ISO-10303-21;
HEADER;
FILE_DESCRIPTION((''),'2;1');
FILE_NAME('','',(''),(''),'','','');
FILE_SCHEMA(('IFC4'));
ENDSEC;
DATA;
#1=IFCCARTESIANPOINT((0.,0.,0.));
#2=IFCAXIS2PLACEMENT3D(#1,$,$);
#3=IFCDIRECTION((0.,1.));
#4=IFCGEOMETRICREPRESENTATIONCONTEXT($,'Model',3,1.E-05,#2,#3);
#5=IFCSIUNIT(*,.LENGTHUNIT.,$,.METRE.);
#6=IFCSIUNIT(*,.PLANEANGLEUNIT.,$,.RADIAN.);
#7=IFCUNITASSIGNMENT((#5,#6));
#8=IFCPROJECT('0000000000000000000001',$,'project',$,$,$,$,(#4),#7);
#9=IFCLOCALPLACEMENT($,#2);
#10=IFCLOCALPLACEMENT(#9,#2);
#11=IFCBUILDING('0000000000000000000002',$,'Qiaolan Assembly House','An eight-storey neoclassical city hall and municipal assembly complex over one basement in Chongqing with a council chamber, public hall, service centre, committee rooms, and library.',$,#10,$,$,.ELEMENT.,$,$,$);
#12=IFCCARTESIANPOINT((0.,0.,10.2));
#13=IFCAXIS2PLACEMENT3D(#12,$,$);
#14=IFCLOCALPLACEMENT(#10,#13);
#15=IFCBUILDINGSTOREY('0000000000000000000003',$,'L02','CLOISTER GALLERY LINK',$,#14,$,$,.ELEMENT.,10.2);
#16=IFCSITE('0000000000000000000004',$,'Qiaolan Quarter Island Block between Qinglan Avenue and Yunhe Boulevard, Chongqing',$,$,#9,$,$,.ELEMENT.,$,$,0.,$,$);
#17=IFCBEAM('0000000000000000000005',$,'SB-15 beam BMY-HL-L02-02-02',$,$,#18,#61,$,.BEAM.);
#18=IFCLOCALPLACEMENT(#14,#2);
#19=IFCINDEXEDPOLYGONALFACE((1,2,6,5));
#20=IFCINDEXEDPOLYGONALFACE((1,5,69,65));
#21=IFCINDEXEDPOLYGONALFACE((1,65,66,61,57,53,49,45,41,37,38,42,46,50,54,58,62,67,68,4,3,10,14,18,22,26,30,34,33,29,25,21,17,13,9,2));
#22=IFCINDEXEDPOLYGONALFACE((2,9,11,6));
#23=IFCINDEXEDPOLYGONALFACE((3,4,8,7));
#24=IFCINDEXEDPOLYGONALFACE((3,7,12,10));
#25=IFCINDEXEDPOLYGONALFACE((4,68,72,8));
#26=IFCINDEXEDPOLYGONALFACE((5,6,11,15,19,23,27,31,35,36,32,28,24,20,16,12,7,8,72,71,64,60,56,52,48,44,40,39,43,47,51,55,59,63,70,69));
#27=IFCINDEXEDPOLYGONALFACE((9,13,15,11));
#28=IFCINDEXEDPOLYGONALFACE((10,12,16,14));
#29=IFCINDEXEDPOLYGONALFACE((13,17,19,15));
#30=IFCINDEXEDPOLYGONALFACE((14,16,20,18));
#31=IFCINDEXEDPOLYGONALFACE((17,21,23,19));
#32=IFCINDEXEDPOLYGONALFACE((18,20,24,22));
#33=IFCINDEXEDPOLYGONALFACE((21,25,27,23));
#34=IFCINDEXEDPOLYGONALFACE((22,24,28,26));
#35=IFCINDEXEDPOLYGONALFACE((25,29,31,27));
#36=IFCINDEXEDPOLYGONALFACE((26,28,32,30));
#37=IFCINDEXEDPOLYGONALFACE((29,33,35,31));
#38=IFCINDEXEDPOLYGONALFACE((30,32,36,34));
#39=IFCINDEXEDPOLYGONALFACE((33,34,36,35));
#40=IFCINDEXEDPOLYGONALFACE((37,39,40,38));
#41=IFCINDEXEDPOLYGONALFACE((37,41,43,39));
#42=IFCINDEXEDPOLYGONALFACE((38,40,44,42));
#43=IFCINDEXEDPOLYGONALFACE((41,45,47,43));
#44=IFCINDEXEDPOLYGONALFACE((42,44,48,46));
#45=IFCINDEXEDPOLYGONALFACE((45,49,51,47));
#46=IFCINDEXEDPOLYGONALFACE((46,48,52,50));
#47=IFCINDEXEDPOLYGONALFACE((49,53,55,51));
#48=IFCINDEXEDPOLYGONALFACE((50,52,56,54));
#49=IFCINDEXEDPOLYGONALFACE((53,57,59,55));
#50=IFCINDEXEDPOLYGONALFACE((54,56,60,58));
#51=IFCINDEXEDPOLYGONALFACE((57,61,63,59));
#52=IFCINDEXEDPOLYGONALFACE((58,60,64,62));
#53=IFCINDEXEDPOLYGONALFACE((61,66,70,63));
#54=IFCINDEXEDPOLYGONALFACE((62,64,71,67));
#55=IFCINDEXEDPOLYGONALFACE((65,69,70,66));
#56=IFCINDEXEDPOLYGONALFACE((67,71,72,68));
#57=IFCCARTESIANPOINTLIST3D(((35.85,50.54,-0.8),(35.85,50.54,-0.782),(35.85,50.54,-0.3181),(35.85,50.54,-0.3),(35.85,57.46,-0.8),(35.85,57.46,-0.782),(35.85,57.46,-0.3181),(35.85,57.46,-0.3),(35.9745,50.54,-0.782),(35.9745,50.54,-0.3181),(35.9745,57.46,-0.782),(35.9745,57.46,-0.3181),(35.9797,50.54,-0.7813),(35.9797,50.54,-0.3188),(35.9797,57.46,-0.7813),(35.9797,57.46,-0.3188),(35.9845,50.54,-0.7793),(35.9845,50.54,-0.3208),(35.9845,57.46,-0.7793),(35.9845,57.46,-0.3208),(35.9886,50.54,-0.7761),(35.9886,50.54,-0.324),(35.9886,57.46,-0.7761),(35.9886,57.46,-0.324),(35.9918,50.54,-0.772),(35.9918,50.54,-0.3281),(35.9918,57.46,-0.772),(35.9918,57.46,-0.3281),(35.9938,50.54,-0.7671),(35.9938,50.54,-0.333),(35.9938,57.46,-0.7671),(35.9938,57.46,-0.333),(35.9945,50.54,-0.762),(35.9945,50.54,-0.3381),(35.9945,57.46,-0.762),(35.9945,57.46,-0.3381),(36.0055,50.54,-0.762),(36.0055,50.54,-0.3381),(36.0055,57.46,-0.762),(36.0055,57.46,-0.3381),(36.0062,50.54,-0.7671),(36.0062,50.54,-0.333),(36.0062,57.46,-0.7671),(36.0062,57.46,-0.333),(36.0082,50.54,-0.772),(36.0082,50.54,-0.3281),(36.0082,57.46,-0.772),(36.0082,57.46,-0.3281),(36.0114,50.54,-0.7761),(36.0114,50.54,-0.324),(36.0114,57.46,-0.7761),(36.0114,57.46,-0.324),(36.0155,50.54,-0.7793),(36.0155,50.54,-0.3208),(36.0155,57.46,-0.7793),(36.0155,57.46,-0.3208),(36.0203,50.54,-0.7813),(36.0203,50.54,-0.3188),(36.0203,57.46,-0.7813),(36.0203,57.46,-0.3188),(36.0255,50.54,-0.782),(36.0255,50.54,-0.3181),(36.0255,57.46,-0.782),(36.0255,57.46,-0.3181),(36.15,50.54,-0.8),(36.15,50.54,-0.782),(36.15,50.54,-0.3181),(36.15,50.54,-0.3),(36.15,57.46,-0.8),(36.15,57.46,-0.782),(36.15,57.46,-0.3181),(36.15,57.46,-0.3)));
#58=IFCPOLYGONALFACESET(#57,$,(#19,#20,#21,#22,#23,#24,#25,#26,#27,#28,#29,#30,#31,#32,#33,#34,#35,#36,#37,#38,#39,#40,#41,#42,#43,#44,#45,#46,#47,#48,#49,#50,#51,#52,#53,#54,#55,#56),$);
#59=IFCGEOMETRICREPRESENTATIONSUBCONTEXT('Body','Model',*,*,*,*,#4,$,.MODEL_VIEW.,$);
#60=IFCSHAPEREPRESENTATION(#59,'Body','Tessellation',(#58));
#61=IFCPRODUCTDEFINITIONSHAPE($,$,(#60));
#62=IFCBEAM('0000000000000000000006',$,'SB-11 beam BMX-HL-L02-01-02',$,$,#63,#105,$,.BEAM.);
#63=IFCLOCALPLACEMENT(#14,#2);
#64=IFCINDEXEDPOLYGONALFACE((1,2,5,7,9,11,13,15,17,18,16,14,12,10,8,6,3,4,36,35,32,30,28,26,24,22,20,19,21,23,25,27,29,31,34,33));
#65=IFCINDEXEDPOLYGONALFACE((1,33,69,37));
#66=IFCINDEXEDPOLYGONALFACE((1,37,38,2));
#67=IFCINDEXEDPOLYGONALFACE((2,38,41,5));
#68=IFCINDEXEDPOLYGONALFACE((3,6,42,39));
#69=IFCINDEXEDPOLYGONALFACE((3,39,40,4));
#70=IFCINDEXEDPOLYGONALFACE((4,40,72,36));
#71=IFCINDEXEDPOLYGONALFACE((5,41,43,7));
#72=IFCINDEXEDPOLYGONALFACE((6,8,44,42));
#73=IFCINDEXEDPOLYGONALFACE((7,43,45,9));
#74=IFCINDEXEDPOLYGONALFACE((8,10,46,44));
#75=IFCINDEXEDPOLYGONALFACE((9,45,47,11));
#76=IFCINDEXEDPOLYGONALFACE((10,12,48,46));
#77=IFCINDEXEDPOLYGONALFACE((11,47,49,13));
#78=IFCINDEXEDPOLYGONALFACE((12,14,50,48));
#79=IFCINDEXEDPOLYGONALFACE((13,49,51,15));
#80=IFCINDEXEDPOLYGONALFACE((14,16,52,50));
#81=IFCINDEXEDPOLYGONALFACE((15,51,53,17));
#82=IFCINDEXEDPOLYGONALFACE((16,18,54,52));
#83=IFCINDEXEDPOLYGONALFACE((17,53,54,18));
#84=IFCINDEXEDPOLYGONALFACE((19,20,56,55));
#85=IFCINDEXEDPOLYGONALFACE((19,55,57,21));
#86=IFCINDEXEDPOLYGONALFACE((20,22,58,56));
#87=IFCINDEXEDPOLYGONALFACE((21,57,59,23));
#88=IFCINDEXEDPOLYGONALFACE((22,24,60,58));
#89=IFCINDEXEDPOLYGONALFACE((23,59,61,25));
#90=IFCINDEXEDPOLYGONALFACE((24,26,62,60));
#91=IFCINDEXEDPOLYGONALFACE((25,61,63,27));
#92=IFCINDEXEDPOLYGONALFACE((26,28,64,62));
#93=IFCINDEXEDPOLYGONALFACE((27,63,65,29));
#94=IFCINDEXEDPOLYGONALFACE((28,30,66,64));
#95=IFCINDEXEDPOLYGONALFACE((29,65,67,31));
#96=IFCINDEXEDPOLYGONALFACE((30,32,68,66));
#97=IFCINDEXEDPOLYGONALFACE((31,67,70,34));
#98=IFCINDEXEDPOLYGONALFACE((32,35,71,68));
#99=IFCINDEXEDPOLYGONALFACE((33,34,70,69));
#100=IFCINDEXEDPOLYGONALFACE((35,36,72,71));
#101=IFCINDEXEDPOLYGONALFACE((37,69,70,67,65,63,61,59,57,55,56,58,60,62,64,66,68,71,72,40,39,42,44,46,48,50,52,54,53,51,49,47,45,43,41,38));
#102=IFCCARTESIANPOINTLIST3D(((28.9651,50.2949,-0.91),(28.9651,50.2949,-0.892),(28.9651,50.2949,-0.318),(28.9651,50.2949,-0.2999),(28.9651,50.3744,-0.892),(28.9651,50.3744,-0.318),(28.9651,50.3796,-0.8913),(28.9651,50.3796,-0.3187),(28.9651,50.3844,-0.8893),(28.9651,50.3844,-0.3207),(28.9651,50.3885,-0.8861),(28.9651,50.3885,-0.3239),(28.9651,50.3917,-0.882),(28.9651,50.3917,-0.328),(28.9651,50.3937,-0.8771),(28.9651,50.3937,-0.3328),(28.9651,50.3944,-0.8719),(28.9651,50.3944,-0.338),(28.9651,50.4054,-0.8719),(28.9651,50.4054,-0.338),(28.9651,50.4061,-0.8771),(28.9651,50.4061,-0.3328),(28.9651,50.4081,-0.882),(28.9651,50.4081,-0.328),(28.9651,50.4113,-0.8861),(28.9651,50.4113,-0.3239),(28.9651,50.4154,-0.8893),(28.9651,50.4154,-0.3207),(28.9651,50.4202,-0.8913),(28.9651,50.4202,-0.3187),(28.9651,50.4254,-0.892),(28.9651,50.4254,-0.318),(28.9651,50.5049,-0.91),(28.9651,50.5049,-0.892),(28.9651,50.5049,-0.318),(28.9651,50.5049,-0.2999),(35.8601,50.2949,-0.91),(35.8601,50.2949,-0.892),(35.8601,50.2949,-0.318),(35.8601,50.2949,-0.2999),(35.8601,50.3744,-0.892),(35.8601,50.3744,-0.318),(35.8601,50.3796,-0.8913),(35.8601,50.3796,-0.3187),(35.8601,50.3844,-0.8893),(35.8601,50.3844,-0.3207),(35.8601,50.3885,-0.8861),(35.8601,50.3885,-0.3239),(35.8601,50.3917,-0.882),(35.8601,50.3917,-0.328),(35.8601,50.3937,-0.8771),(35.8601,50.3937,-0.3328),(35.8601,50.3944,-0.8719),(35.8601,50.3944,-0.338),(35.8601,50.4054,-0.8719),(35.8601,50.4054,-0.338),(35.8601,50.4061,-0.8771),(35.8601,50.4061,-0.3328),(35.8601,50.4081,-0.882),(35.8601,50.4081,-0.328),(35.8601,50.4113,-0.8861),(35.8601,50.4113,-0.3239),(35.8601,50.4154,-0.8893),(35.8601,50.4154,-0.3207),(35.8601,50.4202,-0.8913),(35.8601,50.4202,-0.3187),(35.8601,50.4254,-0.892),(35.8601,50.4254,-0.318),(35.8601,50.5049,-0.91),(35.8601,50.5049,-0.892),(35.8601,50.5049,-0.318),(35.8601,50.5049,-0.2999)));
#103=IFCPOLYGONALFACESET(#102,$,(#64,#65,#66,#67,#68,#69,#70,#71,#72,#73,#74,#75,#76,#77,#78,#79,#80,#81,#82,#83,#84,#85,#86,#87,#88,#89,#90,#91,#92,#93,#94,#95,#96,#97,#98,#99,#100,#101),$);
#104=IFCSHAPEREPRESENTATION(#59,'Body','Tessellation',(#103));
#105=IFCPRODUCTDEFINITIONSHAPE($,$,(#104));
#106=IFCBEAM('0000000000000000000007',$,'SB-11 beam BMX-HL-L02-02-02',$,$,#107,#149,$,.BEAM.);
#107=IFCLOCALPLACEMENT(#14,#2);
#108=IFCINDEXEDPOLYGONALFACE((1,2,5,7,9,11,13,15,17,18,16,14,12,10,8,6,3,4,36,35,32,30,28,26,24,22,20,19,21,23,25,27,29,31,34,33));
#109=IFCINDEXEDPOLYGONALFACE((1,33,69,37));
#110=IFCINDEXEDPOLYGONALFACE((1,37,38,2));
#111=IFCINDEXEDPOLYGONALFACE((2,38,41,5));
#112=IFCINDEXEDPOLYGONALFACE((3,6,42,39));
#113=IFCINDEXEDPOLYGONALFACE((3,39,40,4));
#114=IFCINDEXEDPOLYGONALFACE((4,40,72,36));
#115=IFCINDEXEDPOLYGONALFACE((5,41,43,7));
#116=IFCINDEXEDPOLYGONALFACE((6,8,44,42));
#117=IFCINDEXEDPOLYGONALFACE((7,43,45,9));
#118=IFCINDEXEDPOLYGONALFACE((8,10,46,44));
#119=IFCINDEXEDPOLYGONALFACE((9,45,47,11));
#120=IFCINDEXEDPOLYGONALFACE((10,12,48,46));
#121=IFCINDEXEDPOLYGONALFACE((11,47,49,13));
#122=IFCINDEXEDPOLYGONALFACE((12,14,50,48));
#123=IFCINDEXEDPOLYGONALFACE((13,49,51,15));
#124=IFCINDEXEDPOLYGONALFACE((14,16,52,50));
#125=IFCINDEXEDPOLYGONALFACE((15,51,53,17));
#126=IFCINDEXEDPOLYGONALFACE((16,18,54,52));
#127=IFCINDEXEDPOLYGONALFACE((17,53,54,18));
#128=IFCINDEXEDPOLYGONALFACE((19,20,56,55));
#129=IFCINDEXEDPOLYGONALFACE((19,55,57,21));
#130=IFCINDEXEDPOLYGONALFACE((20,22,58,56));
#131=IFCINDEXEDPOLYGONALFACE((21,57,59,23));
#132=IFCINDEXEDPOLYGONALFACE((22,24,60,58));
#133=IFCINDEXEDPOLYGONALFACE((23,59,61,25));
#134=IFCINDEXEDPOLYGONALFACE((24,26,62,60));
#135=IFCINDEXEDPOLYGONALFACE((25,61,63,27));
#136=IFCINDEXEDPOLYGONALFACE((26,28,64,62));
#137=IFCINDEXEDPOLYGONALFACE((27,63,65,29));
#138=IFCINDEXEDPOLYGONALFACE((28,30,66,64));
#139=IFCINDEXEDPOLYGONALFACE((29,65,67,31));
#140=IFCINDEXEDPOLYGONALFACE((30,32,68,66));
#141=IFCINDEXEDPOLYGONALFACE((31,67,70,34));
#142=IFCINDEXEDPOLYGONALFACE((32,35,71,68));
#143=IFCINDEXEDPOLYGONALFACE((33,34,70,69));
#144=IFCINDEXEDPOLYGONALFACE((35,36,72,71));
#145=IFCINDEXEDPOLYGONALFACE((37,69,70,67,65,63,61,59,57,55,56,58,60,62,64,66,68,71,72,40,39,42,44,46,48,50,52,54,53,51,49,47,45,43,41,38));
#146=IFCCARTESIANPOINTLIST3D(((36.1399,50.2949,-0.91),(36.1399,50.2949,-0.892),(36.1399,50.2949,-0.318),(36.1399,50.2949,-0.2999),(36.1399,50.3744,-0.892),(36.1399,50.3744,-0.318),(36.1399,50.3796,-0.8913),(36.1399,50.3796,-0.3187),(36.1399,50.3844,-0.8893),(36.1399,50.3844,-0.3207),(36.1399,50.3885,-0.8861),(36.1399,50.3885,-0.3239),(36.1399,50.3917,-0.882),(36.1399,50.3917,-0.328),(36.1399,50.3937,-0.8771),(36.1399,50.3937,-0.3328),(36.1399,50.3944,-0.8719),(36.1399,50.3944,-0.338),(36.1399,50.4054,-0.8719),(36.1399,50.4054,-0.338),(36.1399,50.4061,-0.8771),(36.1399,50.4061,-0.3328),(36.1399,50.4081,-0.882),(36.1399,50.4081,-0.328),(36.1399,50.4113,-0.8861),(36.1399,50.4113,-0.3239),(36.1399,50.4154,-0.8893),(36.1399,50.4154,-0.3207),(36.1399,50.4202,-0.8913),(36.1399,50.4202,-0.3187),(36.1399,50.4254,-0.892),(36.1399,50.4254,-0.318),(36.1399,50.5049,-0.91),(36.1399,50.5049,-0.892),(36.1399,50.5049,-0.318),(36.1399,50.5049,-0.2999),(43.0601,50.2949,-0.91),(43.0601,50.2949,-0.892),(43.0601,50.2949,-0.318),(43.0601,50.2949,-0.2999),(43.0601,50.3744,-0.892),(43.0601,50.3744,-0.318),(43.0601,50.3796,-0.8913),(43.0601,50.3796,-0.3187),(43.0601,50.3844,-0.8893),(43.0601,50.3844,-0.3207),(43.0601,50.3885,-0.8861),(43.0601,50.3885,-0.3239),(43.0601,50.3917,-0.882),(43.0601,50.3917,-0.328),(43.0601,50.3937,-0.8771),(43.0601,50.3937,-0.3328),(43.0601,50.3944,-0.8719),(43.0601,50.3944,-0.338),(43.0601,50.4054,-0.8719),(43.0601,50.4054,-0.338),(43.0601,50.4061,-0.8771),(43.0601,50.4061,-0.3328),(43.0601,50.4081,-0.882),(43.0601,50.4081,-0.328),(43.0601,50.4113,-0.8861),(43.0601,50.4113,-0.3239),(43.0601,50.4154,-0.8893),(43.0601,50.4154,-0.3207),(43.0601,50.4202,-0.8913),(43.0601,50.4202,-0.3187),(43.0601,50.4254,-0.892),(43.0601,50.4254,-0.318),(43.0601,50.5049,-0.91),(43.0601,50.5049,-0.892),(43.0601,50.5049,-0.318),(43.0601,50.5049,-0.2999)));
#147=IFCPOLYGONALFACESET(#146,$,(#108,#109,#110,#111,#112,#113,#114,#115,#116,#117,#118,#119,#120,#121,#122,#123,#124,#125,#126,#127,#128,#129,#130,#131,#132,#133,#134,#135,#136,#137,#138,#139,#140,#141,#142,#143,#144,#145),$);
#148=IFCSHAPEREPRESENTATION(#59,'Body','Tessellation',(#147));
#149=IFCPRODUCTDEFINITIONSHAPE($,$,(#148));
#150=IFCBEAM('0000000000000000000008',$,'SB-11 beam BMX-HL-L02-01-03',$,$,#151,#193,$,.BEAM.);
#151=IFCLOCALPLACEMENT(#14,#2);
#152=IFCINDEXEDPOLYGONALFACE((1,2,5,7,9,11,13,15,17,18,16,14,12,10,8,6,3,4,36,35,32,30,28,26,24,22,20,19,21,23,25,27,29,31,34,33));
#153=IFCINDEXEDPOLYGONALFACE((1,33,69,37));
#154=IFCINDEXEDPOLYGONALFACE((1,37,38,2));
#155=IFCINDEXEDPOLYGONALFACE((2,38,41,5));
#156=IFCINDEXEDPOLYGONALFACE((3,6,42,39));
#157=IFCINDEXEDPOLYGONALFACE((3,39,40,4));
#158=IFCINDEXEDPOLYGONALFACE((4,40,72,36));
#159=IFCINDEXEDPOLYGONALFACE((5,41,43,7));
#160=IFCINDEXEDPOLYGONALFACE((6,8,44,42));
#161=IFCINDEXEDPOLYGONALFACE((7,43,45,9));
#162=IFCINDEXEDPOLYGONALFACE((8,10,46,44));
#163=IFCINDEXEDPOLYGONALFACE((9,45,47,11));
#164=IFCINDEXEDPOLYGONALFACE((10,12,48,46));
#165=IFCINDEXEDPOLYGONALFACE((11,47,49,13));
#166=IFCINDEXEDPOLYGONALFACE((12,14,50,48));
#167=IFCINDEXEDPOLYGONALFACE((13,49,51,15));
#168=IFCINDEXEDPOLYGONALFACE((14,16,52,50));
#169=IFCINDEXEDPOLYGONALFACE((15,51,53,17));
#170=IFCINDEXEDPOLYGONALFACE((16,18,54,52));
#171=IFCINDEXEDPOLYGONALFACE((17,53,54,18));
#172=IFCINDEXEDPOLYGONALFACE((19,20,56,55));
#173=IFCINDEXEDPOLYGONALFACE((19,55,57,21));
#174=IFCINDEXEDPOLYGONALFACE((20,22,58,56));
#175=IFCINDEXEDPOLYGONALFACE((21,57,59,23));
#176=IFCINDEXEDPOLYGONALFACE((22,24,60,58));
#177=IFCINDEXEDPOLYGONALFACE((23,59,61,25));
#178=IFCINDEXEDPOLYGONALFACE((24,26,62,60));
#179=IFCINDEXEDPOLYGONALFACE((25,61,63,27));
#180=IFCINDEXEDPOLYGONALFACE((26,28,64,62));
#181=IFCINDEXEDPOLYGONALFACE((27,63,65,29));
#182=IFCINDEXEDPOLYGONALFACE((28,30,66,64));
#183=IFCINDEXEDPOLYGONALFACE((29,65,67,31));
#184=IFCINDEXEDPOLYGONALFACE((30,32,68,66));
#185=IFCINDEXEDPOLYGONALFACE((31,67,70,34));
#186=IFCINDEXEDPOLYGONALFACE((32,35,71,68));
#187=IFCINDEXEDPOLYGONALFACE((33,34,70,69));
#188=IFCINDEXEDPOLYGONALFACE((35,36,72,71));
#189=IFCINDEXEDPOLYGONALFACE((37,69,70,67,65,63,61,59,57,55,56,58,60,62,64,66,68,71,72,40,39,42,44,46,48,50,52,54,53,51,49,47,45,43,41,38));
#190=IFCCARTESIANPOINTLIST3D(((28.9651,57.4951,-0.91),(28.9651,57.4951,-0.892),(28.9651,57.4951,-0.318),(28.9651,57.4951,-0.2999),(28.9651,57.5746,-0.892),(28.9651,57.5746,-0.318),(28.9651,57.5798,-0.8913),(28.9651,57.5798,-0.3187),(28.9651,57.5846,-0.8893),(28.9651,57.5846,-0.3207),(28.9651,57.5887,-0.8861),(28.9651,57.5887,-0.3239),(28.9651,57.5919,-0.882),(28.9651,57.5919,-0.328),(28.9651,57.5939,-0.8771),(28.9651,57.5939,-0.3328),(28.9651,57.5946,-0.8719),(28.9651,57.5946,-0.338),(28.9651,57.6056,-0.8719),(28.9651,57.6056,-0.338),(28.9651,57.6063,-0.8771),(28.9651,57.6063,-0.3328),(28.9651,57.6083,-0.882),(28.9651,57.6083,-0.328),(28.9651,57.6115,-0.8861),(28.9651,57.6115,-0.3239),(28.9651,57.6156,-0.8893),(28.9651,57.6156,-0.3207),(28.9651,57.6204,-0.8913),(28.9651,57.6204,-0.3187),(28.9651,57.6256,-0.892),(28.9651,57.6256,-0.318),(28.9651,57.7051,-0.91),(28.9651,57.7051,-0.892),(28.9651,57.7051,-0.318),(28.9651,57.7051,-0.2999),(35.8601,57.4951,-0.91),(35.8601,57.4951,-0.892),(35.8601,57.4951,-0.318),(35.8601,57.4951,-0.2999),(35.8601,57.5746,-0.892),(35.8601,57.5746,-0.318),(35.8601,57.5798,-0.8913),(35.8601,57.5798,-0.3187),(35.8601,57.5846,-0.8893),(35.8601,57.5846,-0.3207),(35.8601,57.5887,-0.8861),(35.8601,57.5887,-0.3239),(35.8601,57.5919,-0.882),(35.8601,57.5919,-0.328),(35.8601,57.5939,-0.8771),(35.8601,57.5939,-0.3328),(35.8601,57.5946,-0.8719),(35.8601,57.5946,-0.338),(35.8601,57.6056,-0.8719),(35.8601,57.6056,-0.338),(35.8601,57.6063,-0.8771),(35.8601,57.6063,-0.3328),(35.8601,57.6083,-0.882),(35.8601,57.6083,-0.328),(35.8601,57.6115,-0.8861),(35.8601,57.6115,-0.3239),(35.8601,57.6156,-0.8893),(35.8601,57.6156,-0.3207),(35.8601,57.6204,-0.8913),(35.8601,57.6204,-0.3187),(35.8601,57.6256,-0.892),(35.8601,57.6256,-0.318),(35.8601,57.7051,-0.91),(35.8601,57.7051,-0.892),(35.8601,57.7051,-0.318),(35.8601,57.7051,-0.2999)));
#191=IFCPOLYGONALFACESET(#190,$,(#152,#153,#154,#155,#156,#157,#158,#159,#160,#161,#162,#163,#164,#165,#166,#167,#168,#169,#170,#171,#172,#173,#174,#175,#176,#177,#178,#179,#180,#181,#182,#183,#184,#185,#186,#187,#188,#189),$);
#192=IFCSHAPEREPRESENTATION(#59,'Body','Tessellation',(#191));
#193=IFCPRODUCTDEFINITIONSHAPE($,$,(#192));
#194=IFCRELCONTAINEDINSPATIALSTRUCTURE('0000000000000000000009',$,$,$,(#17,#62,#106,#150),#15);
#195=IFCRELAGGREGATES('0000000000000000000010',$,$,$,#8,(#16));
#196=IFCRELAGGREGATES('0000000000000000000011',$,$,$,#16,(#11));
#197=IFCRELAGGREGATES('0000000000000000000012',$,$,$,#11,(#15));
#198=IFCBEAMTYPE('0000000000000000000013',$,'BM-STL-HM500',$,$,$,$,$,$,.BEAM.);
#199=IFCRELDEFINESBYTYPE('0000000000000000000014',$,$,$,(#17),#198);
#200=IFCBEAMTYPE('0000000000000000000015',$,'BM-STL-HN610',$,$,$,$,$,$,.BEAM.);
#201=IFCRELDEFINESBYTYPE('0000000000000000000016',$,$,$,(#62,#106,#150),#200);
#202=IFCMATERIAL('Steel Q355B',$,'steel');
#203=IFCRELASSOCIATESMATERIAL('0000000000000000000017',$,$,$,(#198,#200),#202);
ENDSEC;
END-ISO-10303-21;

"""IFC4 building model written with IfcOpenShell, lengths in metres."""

from ifc_helpers import new_model, si_unit, direction, frame, origin, origin_2d, place, context, subcontext, project, spatial, i_section, extrude, material, material_profile, profile_set, type_object, element, save


model = new_model("IFC4")

# Units and contexts
model_context = context("Model", 3, precision=1e-05, world=origin(), true_north=direction((0.0, 1.0)))
body_context = subcontext(model_context, "Body", "Model", "MODEL_VIEW")
ifc_project = project(units=[si_unit("LENGTHUNIT", "METRE"), si_unit("PLANEANGLEUNIT", "RADIAN")], contexts=[model_context])

# Site, building, storey
site_placement = place(None, origin())
site = spatial("IfcSite", under=ifc_project, at=site_placement, Name="Qiaolan Quarter Island Block between Qinglan Avenue and Yunhe Boulevard, Chongqing", CompositionType="ELEMENT", RefElevation=0.0)
building_placement = place(site_placement, origin())
building = spatial("IfcBuilding", under=site, at=building_placement, Name="Qiaolan Assembly House", Description="An eight-storey neoclassical city hall and municipal assembly complex over one basement in Chongqing with a council chamber, public hall, service centre, committee rooms, and library.", CompositionType="ELEMENT")
storey_placement = place(building_placement, frame((0.0, 0.0, 10.2)))
storey = spatial("IfcBuildingStorey", under=building, at=storey_placement, Name="L02", Description="CLOISTER GALLERY LINK", CompositionType="ELEMENT", Elevation=10.2)

# Shared definitions
ifc_material_1 = material(Name="Steel Q355B", Category="steel")

# Beams
ifc_material_profile_1 = material_profile(ifc_material_1, i_section(OverallWidth=0.3, OverallDepth=0.5, WebThickness=0.011, FlangeThickness=0.0181, FilletRadius=0.02, at=origin_2d()), Name="HM 500x300x11x18")
ifc_profile_set_1 = profile_set([ifc_material_profile_1], Name="Steel Q355B")
beam_type_1 = type_object("IfcBeamType", Name="BM-STL-HM500", PredefinedType="BEAM", material=ifc_profile_set_1)
beam_1_placement = place(storey_placement, frame((36.0, 50.54, -0.55), z_axis=(0.0, 1.0, 0.0), x_axis=(-1.0, 0.0, 0.0)))
element("IfcBeam", 1, at=beam_1_placement, inside=storey, type_object=beam_type_1, Name="SB-15 beam BMY-HL-L02-02-02", PredefinedType="BEAM", context=body_context, shape_type="SweptSolid", body=[
    extrude(i_section(OverallWidth=0.3, OverallDepth=0.5, WebThickness=0.011, FlangeThickness=0.0181, FilletRadius=0.02, at=origin_2d()), origin(), (0.0, 0.0, 1.0), 6.9199),
])
ifc_material_profile_2 = material_profile(ifc_material_1, i_section(OverallWidth=0.21, OverallDepth=0.6101, WebThickness=0.011, FlangeThickness=0.0181, FilletRadius=0.02, at=origin_2d()), Name="HN 610x210x11x18")
ifc_profile_set_2 = profile_set([ifc_material_profile_2], Name="Steel Q355B")
beam_type_2 = type_object("IfcBeamType", Name="BM-STL-HN610", PredefinedType="BEAM", material=ifc_profile_set_2)
beam_2_placement = place(storey_placement, frame((28.9651, 50.3999, -0.605), z_axis=(1.0, 0.0, 0.0), x_axis=(0.0, 1.0, 0.0)))
element("IfcBeam", 2, at=beam_2_placement, inside=storey, type_object=beam_type_2, Name="SB-11 beam BMX-HL-L02-01-02", PredefinedType="BEAM", context=body_context, shape_type="SweptSolid", body=[
    extrude(i_section(OverallWidth=0.21, OverallDepth=0.6101, WebThickness=0.011, FlangeThickness=0.0181, FilletRadius=0.02, at=origin_2d()), origin(), (0.0, 0.0, 1.0), 6.895),
])
beam_3_placement = place(storey_placement, frame((36.1399, 50.3999, -0.605), z_axis=(1.0, 0.0, 0.0), x_axis=(0.0, 1.0, 0.0)))
element("IfcBeam", 3, at=beam_3_placement, inside=storey, type_object=beam_type_2, Name="SB-11 beam BMX-HL-L02-02-02", PredefinedType="BEAM", context=body_context, shape_type="SweptSolid", body=[
    extrude(i_section(OverallWidth=0.21, OverallDepth=0.6101, WebThickness=0.011, FlangeThickness=0.0181, FilletRadius=0.02, at=origin_2d()), origin(), (0.0, 0.0, 1.0), 6.9202),
])
beam_4_placement = place(storey_placement, frame((28.9651, 57.6001, -0.605), z_axis=(1.0, 0.0, 0.0), x_axis=(0.0, 1.0, 0.0)))
element("IfcBeam", 4, at=beam_4_placement, inside=storey, type_object=beam_type_2, Name="SB-11 beam BMX-HL-L02-01-03", PredefinedType="BEAM", context=body_context, shape_type="SweptSolid", body=[
    extrude(i_section(OverallWidth=0.21, OverallDepth=0.6101, WebThickness=0.011, FlangeThickness=0.0181, FilletRadius=0.02, at=origin_2d()), origin(), (0.0, 0.0, 1.0), 6.895),
])

save(model, "model.ifc")
